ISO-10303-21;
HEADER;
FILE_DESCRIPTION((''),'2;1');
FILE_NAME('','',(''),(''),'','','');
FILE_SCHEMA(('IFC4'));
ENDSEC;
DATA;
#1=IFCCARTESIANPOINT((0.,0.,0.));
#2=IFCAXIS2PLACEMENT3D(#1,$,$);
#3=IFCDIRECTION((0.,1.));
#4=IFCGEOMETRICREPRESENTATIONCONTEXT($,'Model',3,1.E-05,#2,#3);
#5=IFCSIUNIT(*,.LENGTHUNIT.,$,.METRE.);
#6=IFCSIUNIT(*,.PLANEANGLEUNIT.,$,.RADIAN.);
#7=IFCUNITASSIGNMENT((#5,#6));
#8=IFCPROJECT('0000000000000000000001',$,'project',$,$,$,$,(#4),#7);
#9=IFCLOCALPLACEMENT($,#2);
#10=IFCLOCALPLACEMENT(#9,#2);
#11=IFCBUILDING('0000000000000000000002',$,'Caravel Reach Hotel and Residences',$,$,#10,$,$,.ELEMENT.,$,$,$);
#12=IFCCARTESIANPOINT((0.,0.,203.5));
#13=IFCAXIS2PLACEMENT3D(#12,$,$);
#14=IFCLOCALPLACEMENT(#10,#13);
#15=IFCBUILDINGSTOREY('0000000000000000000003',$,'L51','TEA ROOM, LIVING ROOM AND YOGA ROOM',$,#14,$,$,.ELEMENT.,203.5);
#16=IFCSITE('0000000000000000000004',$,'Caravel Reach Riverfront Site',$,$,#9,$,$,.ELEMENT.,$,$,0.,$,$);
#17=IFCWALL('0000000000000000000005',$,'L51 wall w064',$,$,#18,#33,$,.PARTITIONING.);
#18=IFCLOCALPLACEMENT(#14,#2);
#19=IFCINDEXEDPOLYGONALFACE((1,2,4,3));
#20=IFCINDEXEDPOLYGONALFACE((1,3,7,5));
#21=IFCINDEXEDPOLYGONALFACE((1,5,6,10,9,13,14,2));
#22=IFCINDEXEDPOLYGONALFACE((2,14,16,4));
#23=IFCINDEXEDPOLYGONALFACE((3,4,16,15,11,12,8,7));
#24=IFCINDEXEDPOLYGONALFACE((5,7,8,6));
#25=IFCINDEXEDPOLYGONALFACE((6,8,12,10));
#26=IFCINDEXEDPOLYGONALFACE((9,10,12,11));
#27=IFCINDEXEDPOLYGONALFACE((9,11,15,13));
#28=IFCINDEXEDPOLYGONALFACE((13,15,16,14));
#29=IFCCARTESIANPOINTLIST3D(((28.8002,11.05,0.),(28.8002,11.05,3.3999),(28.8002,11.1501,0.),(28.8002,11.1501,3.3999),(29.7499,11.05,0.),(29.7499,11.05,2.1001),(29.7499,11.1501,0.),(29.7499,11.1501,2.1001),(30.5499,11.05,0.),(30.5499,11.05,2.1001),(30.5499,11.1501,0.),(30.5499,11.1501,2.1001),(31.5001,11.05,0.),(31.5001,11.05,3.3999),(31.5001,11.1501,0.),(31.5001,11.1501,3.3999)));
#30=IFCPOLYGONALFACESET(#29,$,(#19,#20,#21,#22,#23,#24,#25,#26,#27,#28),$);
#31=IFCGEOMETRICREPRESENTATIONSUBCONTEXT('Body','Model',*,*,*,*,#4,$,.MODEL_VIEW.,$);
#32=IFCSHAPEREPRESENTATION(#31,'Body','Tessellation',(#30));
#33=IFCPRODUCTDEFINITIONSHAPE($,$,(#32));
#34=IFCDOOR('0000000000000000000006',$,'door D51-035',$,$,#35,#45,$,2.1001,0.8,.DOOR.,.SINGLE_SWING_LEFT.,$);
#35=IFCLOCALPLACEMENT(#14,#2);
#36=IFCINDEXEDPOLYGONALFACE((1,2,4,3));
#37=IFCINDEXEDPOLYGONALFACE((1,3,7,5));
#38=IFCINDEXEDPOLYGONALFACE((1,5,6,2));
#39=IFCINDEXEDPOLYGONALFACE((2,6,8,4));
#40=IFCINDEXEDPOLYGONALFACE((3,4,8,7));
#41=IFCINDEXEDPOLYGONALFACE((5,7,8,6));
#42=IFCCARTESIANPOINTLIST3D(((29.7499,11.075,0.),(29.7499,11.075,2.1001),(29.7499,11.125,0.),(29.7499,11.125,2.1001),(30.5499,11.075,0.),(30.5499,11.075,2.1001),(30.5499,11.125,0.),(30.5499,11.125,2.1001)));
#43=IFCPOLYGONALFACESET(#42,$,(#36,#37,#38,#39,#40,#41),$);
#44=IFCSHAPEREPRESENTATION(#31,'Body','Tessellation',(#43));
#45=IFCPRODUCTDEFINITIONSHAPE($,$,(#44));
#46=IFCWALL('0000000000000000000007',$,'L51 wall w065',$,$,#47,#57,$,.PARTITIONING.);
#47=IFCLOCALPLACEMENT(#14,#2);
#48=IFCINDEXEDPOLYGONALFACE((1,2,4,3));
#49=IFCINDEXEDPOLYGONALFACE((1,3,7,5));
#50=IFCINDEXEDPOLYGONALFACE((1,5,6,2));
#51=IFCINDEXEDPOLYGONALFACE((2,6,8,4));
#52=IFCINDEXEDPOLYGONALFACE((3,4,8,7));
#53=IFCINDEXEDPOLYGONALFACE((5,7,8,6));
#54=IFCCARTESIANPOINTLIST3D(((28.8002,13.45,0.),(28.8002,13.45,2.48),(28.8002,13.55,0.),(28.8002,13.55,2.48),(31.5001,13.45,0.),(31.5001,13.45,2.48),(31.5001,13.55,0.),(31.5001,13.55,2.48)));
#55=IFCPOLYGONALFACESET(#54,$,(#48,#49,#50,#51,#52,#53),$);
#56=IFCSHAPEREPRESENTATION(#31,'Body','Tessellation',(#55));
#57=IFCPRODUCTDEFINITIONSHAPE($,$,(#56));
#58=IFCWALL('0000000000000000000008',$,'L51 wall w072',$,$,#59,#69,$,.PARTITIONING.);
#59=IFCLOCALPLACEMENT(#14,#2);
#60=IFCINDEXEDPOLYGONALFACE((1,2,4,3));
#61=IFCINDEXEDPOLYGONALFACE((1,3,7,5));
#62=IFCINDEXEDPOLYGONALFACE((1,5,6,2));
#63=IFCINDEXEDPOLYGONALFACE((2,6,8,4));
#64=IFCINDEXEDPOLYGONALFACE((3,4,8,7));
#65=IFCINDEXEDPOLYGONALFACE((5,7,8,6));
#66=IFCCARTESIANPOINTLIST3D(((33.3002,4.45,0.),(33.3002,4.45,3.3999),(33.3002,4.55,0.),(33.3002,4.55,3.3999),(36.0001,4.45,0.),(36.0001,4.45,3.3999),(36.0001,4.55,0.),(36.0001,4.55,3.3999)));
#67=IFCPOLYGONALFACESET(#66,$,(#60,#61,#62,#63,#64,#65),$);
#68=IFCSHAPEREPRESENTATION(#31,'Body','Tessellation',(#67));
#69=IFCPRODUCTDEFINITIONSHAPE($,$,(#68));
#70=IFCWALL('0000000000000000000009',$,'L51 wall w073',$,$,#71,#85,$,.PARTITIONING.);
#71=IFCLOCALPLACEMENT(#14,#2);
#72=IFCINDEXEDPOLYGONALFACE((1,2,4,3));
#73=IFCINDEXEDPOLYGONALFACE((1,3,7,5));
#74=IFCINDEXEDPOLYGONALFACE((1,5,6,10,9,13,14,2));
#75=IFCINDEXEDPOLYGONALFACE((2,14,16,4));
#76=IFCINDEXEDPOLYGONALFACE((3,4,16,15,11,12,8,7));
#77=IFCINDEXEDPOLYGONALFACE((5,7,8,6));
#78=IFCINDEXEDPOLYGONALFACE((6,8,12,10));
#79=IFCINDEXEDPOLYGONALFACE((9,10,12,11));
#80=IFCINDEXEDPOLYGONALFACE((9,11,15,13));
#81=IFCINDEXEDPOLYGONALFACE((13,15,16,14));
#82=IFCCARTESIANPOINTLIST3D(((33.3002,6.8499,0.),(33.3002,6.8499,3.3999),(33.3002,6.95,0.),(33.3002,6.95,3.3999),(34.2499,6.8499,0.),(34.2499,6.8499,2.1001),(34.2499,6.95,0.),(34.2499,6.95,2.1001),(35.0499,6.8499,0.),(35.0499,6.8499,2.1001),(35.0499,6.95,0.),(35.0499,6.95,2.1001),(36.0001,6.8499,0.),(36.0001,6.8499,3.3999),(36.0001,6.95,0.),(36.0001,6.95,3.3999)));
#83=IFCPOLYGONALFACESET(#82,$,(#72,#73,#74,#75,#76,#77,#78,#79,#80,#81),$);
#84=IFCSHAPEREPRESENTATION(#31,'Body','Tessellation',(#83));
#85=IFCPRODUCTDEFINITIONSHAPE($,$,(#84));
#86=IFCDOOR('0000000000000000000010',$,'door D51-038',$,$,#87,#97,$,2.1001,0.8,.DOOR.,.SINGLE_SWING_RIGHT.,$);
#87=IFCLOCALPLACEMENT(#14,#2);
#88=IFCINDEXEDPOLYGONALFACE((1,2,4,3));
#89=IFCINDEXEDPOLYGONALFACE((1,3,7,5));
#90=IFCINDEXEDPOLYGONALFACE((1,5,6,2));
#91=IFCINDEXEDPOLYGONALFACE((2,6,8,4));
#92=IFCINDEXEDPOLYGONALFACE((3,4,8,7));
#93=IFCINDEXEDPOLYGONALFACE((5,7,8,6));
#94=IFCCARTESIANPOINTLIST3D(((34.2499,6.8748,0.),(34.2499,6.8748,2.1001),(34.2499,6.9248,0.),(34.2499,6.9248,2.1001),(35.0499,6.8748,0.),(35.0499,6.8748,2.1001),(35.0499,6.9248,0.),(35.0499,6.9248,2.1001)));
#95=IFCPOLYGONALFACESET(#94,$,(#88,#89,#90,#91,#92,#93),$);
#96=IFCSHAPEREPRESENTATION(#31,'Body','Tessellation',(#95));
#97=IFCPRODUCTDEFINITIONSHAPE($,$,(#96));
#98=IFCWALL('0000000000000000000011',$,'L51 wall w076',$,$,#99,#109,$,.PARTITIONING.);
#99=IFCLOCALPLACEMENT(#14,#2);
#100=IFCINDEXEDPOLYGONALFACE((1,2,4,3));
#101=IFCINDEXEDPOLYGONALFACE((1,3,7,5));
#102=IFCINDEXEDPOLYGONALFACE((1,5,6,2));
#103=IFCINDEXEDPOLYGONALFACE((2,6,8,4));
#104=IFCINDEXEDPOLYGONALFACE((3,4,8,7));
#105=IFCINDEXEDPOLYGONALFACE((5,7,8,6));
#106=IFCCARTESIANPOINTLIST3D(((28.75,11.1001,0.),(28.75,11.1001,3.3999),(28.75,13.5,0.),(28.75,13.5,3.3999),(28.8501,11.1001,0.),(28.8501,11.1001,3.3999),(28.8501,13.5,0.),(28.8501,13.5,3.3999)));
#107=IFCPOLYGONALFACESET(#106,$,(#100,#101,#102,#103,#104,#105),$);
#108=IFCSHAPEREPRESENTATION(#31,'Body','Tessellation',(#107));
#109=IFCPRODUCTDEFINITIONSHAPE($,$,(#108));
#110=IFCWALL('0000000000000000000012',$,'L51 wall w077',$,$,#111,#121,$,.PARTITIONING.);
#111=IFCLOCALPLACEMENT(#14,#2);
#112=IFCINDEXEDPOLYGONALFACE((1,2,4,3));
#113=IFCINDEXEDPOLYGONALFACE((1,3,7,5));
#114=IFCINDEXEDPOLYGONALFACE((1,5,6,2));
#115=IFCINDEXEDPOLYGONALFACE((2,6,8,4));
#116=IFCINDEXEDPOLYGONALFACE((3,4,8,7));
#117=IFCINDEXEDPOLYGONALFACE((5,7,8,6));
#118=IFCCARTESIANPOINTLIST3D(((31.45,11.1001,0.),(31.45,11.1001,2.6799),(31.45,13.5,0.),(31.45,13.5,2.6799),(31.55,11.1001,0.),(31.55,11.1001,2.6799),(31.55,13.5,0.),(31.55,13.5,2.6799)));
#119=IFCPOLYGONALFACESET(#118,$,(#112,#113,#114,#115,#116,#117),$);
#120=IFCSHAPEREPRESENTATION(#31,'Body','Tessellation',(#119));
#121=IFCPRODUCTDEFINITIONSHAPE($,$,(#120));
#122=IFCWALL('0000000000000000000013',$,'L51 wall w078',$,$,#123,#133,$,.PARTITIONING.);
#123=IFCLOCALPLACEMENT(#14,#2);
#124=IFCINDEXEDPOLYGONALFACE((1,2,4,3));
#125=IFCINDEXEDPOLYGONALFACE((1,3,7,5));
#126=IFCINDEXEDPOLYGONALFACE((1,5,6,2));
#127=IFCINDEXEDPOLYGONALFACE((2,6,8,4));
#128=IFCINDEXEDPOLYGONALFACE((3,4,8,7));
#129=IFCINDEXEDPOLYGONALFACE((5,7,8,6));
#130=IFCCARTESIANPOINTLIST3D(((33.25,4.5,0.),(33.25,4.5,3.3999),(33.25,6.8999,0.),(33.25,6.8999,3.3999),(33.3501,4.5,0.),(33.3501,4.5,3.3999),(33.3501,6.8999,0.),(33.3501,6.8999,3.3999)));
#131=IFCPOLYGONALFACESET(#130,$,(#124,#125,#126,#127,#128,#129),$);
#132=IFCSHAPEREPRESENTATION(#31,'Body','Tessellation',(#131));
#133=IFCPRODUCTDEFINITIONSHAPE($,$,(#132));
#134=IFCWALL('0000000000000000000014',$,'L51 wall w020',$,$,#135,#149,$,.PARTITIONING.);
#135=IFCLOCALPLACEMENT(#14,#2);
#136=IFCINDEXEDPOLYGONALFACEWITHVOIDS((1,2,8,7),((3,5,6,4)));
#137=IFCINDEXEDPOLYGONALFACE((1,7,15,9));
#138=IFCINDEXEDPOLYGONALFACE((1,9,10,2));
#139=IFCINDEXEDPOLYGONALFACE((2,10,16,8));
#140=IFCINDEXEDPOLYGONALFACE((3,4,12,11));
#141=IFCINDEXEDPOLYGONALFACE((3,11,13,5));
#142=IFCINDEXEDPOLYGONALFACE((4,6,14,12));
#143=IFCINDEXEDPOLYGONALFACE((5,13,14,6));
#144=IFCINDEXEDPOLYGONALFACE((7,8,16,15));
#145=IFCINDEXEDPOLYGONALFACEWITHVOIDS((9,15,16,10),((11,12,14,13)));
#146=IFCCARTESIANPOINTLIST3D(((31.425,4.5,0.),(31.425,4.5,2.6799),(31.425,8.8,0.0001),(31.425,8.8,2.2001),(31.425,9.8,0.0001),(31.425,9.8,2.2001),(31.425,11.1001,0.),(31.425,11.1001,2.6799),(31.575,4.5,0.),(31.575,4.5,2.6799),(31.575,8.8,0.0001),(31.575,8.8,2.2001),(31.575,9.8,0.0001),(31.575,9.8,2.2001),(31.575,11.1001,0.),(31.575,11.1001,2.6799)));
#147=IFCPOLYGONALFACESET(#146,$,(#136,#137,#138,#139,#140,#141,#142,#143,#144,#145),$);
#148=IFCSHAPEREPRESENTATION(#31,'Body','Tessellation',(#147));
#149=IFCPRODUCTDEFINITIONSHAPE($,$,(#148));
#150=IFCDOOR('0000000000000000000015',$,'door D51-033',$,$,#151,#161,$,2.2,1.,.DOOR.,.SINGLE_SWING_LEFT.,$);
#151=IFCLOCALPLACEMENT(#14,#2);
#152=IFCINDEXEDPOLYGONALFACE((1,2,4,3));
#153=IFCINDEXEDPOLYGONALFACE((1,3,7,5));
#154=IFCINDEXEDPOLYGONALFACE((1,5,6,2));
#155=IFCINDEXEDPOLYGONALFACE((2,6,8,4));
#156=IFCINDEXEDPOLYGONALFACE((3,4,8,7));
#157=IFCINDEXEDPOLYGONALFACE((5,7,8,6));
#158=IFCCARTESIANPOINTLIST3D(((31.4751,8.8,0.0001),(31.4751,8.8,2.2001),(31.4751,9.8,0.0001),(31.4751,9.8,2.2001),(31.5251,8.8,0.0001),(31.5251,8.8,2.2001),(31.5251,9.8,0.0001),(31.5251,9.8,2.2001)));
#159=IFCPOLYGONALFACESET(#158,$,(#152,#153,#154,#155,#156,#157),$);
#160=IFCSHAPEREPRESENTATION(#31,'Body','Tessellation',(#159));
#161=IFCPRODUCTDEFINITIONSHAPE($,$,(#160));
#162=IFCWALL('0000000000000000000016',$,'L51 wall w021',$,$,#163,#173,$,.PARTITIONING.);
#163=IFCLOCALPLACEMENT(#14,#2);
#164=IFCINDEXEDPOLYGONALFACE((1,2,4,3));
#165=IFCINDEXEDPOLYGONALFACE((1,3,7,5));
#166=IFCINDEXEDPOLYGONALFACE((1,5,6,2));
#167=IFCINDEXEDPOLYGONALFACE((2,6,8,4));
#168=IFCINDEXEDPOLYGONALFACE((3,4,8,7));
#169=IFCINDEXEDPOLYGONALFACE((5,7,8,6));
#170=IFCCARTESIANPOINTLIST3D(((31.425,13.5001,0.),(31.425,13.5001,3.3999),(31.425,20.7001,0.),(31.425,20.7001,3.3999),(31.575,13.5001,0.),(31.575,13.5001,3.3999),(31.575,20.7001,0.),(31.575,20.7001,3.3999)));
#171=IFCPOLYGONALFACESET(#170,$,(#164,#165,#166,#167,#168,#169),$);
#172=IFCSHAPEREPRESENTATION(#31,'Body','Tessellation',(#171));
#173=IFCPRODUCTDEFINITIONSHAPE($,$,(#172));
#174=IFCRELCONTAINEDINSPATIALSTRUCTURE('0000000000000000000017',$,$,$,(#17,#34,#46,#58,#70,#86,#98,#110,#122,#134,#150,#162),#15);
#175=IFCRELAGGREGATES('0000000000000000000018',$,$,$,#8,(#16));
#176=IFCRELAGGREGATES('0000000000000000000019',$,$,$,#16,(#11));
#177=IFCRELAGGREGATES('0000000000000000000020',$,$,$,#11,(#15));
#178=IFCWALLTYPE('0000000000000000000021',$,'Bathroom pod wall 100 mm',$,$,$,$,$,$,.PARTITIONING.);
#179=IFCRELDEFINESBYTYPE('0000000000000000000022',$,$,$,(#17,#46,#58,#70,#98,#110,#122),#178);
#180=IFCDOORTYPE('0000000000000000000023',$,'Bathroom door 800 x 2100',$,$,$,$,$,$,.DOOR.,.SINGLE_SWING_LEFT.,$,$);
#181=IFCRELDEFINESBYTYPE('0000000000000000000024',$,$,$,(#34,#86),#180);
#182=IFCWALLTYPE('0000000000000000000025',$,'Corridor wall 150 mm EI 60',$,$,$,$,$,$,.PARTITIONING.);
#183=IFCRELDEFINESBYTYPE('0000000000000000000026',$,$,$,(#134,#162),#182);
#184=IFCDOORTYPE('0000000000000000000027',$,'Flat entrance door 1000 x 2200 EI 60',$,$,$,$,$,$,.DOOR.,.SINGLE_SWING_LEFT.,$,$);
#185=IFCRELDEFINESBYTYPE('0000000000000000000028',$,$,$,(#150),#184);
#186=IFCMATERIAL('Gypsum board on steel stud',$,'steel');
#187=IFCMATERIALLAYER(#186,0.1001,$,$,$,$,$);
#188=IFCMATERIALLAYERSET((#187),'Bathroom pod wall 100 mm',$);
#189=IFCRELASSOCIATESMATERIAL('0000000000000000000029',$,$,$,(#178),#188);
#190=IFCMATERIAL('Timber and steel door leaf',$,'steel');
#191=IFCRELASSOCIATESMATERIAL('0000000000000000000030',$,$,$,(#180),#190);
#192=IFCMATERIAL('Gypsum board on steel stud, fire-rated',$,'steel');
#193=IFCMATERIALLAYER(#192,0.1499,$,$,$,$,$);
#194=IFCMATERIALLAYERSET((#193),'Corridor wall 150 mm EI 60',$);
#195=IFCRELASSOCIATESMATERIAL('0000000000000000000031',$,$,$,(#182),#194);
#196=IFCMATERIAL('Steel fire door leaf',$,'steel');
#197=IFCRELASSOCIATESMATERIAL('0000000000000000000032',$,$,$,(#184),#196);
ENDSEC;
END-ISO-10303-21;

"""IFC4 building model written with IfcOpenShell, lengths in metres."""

from ifc_helpers import new_model, si_unit, direction, frame, frame_2d, origin, place, context, subcontext, project, spatial, rectangle, extrude, material, layer, layer_set, type_object, element, fill, save


model = new_model("IFC4")

# Units and contexts
model_context = context("Model", 3, precision=1e-05, world=origin(), true_north=direction((0.0, 1.0)))
body_context = subcontext(model_context, "Body", "Model", "MODEL_VIEW")
ifc_project = project(units=[si_unit("LENGTHUNIT", "METRE"), si_unit("PLANEANGLEUNIT", "RADIAN")], contexts=[model_context])

# Site, building, storey
site_placement = place(None, origin())
site = spatial("IfcSite", under=ifc_project, at=site_placement, Name="Caravel Reach Riverfront Site", CompositionType="ELEMENT", RefElevation=0.0)
building_placement = place(site_placement, origin())
building = spatial("IfcBuilding", under=site, at=building_placement, Name="Caravel Reach Hotel and Residences", CompositionType="ELEMENT")
storey_placement = place(building_placement, frame((0.0, 0.0, 203.5)))
storey = spatial("IfcBuildingStorey", under=building, at=storey_placement, Name="L51", Description="TEA ROOM, LIVING ROOM AND YOGA ROOM", CompositionType="ELEMENT", Elevation=203.5)

# Wall, opening, door
ifc_material_1 = material(Name="Gypsum board on steel stud", Category="steel")
ifc_layer_1 = layer(ifc_material_1, 0.1001)
ifc_layer_set_1 = layer_set([ifc_layer_1], Name="Bathroom pod wall 100 mm")
wall_type_1 = type_object("IfcWallType", Name="Bathroom pod wall 100 mm", PredefinedType="PARTITIONING", material=ifc_layer_set_1)
wall_1_placement = place(storey_placement, frame((28.8, 11.1001, 0.0), z_axis=(0.0, 0.0, 1.0), x_axis=(1.0, 0.0, 0.0)))
wall_1 = element("IfcWall", 1, at=wall_1_placement, inside=storey, type_object=wall_type_1, Name="L51 wall w064", PredefinedType="PARTITIONING", context=body_context, shape_type="SweptSolid", body=[
    extrude(rectangle(XDim=2.7, YDim=0.1001, at=frame_2d((1.3501, 0.0))), origin(), (0.0, 0.0, 1.0), 3.3999),
])
opening_1_placement = place(wall_1_placement, frame((0.95, 0.0, 0.0)))
opening_1 = element("IfcOpeningElement", 2, at=opening_1_placement, cuts=wall_1, PredefinedType="OPENING", context=body_context, shape_type="SweptSolid", body=[
    extrude(rectangle(XDim=0.8, YDim=2.1001, at=frame_2d((0.3999, 1.05))), frame((0.0, 0.0601, 0.0), z_axis=(0.0, -1.0, 0.0), x_axis=(1.0, 0.0, 0.0)), (0.0, 0.0, 1.0), 0.1201),
])
ifc_material_2 = material(Name="Timber and steel door leaf", Category="steel")
door_type_1 = type_object("IfcDoorType", Name="Bathroom door 800 x 2100", OperationType="SINGLE_SWING_LEFT", PredefinedType="DOOR", material=ifc_material_2)
door_1_placement = place(opening_1_placement, origin())
door_1 = element("IfcDoor", 3, at=door_1_placement, inside=storey, type_object=door_type_1, Name="door D51-035", OperationType="SINGLE_SWING_LEFT", OverallHeight=2.1001, OverallWidth=0.8, PredefinedType="DOOR", context=body_context, shape_type="SweptSolid", body=[
    extrude(rectangle(XDim=0.8, YDim=2.1001, at=frame_2d((0.3999, 1.05))), frame((0.0, 0.0249, 0.0), z_axis=(0.0, -1.0, 0.0), x_axis=(1.0, 0.0, 0.0)), (0.0, 0.0, 1.0), 0.05),
])
fill(opening_1, door_1)

# Walls
wall_2_placement = place(storey_placement, frame((28.8, 13.5, 0.0), z_axis=(0.0, 0.0, 1.0), x_axis=(1.0, 0.0, 0.0)))
element("IfcWall", 4, at=wall_2_placement, inside=storey, type_object=wall_type_1, Name="L51 wall w065", PredefinedType="PARTITIONING", context=body_context, shape_type="SweptSolid", body=[
    extrude(rectangle(XDim=2.7, YDim=0.1001, at=frame_2d((1.3501, 0.0))), origin(), (0.0, 0.0, 1.0), 2.48),
])
wall_3_placement = place(storey_placement, frame((33.3, 4.5, 0.0), z_axis=(0.0, 0.0, 1.0), x_axis=(1.0, 0.0, 0.0)))
element("IfcWall", 5, at=wall_3_placement, inside=storey, type_object=wall_type_1, Name="L51 wall w072", PredefinedType="PARTITIONING", context=body_context, shape_type="SweptSolid", body=[
    extrude(rectangle(XDim=2.7, YDim=0.1001, at=frame_2d((1.3501, 0.0))), origin(), (0.0, 0.0, 1.0), 3.3999),
])

# Wall, opening, door
wall_4_placement = place(storey_placement, frame((33.3, 6.8999, 0.0), z_axis=(0.0, 0.0, 1.0), x_axis=(1.0, 0.0, 0.0)))
wall_4 = element("IfcWall", 6, at=wall_4_placement, inside=storey, type_object=wall_type_1, Name="L51 wall w073", PredefinedType="PARTITIONING", context=body_context, shape_type="SweptSolid", body=[
    extrude(rectangle(XDim=2.7, YDim=0.1001, at=frame_2d((1.3501, 0.0))), origin(), (0.0, 0.0, 1.0), 3.3999),
])
opening_2_placement = place(wall_4_placement, frame((0.95, 0.0, 0.0)))
opening_2 = element("IfcOpeningElement", 7, at=opening_2_placement, cuts=wall_4, PredefinedType="OPENING", context=body_context, shape_type="SweptSolid", body=[
    extrude(rectangle(XDim=0.8, YDim=2.1001, at=frame_2d((0.3999, 1.05))), frame((0.0, 0.0601, 0.0), z_axis=(0.0, -1.0, 0.0), x_axis=(1.0, 0.0, 0.0)), (0.0, 0.0, 1.0), 0.1201),
])
door_2_placement = place(opening_2_placement, origin())
door_2 = element("IfcDoor", 8, at=door_2_placement, inside=storey, type_object=door_type_1, Name="door D51-038", OperationType="SINGLE_SWING_RIGHT", OverallHeight=2.1001, OverallWidth=0.8, PredefinedType="DOOR", context=body_context, shape_type="SweptSolid", body=[
    extrude(rectangle(XDim=0.8, YDim=2.1001, at=frame_2d((0.3999, 1.05))), frame((0.0, 0.0249, 0.0), z_axis=(0.0, -1.0, 0.0), x_axis=(1.0, 0.0, 0.0)), (0.0, 0.0, 1.0), 0.05),
])
fill(opening_2, door_2)

# Walls
wall_5_placement = place(storey_placement, frame((28.8, 11.1001, 0.0), z_axis=(0.0, 0.0, 1.0), x_axis=(0.0, 1.0, 0.0)))
element("IfcWall", 9, at=wall_5_placement, inside=storey, type_object=wall_type_1, Name="L51 wall w076", PredefinedType="PARTITIONING", context=body_context, shape_type="SweptSolid", body=[
    extrude(rectangle(XDim=2.3999, YDim=0.1001, at=frame_2d((1.2, 0.0))), origin(), (0.0, 0.0, 1.0), 3.3999),
])
wall_6_placement = place(storey_placement, frame((31.5, 11.1001, 0.0), z_axis=(0.0, 0.0, 1.0), x_axis=(0.0, 1.0, 0.0)))
element("IfcWall", 10, at=wall_6_placement, inside=storey, type_object=wall_type_1, Name="L51 wall w077", PredefinedType="PARTITIONING", context=body_context, shape_type="SweptSolid", body=[
    extrude(rectangle(XDim=2.3999, YDim=0.1001, at=frame_2d((1.2, 0.0))), origin(), (0.0, 0.0, 1.0), 2.6799),
])
wall_7_placement = place(storey_placement, frame((33.3, 4.5, 0.0), z_axis=(0.0, 0.0, 1.0), x_axis=(0.0, 1.0, 0.0)))
element("IfcWall", 11, at=wall_7_placement, inside=storey, type_object=wall_type_1, Name="L51 wall w078", PredefinedType="PARTITIONING", context=body_context, shape_type="SweptSolid", body=[
    extrude(rectangle(XDim=2.3999, YDim=0.1001, at=frame_2d((1.2, 0.0))), origin(), (0.0, 0.0, 1.0), 3.3999),
])

# Wall, opening, door
ifc_material_3 = material(Name="Gypsum board on steel stud, fire-rated", Category="steel")
ifc_layer_2 = layer(ifc_material_3, 0.1499)
ifc_layer_set_2 = layer_set([ifc_layer_2], Name="Corridor wall 150 mm EI 60")
wall_type_2 = type_object("IfcWallType", Name="Corridor wall 150 mm EI 60", PredefinedType="PARTITIONING", material=ifc_layer_set_2)
wall_8_placement = place(storey_placement, frame((31.5, 4.5, 0.0), z_axis=(0.0, 0.0, 1.0), x_axis=(0.0, 1.0, 0.0)))
wall_8 = element("IfcWall", 12, at=wall_8_placement, inside=storey, type_object=wall_type_2, Name="L51 wall w020", PredefinedType="PARTITIONING", context=body_context, shape_type="SweptSolid", body=[
    extrude(rectangle(XDim=6.6001, YDim=0.1499, at=frame_2d((3.3, 0.0))), origin(), (0.0, 0.0, 1.0), 2.6799),
])
opening_3_placement = place(wall_8_placement, frame((4.3, 0.0, 0.0)))
opening_3 = element("IfcOpeningElement", 13, at=opening_3_placement, cuts=wall_8, PredefinedType="OPENING", context=body_context, shape_type="SweptSolid", body=[
    extrude(rectangle(XDim=1.0, YDim=2.2, at=frame_2d((0.5, 1.1001))), frame((0.0, 0.085, 0.0), z_axis=(0.0, -1.0, 0.0), x_axis=(1.0, 0.0, 0.0)), (0.0, 0.0, 1.0), 0.1699),
])
ifc_material_4 = material(Name="Steel fire door leaf", Category="steel")
door_type_2 = type_object("IfcDoorType", Name="Flat entrance door 1000 x 2200 EI 60", OperationType="SINGLE_SWING_LEFT", PredefinedType="DOOR", material=ifc_material_4)
door_3_placement = place(opening_3_placement, origin())
door_3 = element("IfcDoor", 14, at=door_3_placement, inside=storey, type_object=door_type_2, Name="door D51-033", OperationType="SINGLE_SWING_LEFT", OverallHeight=2.2, OverallWidth=1.0, PredefinedType="DOOR", context=body_context, shape_type="SweptSolid", body=[
    extrude(rectangle(XDim=1.0, YDim=2.2, at=frame_2d((0.5, 1.1001))), frame((0.0, 0.0249, 0.0), z_axis=(0.0, -1.0, 0.0), x_axis=(1.0, 0.0, 0.0)), (0.0, 0.0, 1.0), 0.05),
])
fill(opening_3, door_3)

# Wall
wall_9_placement = place(storey_placement, frame((31.5, 13.5, 0.0), z_axis=(0.0, 0.0, 1.0), x_axis=(0.0, 1.0, 0.0)))
element("IfcWall", 15, at=wall_9_placement, inside=storey, type_object=wall_type_2, Name="L51 wall w021", PredefinedType="PARTITIONING", context=body_context, shape_type="SweptSolid", body=[
    extrude(rectangle(XDim=7.2, YDim=0.1499, at=frame_2d((3.6001, 0.0))), origin(), (0.0, 0.0, 1.0), 3.3999),
])

save(model, "model.ifc")
